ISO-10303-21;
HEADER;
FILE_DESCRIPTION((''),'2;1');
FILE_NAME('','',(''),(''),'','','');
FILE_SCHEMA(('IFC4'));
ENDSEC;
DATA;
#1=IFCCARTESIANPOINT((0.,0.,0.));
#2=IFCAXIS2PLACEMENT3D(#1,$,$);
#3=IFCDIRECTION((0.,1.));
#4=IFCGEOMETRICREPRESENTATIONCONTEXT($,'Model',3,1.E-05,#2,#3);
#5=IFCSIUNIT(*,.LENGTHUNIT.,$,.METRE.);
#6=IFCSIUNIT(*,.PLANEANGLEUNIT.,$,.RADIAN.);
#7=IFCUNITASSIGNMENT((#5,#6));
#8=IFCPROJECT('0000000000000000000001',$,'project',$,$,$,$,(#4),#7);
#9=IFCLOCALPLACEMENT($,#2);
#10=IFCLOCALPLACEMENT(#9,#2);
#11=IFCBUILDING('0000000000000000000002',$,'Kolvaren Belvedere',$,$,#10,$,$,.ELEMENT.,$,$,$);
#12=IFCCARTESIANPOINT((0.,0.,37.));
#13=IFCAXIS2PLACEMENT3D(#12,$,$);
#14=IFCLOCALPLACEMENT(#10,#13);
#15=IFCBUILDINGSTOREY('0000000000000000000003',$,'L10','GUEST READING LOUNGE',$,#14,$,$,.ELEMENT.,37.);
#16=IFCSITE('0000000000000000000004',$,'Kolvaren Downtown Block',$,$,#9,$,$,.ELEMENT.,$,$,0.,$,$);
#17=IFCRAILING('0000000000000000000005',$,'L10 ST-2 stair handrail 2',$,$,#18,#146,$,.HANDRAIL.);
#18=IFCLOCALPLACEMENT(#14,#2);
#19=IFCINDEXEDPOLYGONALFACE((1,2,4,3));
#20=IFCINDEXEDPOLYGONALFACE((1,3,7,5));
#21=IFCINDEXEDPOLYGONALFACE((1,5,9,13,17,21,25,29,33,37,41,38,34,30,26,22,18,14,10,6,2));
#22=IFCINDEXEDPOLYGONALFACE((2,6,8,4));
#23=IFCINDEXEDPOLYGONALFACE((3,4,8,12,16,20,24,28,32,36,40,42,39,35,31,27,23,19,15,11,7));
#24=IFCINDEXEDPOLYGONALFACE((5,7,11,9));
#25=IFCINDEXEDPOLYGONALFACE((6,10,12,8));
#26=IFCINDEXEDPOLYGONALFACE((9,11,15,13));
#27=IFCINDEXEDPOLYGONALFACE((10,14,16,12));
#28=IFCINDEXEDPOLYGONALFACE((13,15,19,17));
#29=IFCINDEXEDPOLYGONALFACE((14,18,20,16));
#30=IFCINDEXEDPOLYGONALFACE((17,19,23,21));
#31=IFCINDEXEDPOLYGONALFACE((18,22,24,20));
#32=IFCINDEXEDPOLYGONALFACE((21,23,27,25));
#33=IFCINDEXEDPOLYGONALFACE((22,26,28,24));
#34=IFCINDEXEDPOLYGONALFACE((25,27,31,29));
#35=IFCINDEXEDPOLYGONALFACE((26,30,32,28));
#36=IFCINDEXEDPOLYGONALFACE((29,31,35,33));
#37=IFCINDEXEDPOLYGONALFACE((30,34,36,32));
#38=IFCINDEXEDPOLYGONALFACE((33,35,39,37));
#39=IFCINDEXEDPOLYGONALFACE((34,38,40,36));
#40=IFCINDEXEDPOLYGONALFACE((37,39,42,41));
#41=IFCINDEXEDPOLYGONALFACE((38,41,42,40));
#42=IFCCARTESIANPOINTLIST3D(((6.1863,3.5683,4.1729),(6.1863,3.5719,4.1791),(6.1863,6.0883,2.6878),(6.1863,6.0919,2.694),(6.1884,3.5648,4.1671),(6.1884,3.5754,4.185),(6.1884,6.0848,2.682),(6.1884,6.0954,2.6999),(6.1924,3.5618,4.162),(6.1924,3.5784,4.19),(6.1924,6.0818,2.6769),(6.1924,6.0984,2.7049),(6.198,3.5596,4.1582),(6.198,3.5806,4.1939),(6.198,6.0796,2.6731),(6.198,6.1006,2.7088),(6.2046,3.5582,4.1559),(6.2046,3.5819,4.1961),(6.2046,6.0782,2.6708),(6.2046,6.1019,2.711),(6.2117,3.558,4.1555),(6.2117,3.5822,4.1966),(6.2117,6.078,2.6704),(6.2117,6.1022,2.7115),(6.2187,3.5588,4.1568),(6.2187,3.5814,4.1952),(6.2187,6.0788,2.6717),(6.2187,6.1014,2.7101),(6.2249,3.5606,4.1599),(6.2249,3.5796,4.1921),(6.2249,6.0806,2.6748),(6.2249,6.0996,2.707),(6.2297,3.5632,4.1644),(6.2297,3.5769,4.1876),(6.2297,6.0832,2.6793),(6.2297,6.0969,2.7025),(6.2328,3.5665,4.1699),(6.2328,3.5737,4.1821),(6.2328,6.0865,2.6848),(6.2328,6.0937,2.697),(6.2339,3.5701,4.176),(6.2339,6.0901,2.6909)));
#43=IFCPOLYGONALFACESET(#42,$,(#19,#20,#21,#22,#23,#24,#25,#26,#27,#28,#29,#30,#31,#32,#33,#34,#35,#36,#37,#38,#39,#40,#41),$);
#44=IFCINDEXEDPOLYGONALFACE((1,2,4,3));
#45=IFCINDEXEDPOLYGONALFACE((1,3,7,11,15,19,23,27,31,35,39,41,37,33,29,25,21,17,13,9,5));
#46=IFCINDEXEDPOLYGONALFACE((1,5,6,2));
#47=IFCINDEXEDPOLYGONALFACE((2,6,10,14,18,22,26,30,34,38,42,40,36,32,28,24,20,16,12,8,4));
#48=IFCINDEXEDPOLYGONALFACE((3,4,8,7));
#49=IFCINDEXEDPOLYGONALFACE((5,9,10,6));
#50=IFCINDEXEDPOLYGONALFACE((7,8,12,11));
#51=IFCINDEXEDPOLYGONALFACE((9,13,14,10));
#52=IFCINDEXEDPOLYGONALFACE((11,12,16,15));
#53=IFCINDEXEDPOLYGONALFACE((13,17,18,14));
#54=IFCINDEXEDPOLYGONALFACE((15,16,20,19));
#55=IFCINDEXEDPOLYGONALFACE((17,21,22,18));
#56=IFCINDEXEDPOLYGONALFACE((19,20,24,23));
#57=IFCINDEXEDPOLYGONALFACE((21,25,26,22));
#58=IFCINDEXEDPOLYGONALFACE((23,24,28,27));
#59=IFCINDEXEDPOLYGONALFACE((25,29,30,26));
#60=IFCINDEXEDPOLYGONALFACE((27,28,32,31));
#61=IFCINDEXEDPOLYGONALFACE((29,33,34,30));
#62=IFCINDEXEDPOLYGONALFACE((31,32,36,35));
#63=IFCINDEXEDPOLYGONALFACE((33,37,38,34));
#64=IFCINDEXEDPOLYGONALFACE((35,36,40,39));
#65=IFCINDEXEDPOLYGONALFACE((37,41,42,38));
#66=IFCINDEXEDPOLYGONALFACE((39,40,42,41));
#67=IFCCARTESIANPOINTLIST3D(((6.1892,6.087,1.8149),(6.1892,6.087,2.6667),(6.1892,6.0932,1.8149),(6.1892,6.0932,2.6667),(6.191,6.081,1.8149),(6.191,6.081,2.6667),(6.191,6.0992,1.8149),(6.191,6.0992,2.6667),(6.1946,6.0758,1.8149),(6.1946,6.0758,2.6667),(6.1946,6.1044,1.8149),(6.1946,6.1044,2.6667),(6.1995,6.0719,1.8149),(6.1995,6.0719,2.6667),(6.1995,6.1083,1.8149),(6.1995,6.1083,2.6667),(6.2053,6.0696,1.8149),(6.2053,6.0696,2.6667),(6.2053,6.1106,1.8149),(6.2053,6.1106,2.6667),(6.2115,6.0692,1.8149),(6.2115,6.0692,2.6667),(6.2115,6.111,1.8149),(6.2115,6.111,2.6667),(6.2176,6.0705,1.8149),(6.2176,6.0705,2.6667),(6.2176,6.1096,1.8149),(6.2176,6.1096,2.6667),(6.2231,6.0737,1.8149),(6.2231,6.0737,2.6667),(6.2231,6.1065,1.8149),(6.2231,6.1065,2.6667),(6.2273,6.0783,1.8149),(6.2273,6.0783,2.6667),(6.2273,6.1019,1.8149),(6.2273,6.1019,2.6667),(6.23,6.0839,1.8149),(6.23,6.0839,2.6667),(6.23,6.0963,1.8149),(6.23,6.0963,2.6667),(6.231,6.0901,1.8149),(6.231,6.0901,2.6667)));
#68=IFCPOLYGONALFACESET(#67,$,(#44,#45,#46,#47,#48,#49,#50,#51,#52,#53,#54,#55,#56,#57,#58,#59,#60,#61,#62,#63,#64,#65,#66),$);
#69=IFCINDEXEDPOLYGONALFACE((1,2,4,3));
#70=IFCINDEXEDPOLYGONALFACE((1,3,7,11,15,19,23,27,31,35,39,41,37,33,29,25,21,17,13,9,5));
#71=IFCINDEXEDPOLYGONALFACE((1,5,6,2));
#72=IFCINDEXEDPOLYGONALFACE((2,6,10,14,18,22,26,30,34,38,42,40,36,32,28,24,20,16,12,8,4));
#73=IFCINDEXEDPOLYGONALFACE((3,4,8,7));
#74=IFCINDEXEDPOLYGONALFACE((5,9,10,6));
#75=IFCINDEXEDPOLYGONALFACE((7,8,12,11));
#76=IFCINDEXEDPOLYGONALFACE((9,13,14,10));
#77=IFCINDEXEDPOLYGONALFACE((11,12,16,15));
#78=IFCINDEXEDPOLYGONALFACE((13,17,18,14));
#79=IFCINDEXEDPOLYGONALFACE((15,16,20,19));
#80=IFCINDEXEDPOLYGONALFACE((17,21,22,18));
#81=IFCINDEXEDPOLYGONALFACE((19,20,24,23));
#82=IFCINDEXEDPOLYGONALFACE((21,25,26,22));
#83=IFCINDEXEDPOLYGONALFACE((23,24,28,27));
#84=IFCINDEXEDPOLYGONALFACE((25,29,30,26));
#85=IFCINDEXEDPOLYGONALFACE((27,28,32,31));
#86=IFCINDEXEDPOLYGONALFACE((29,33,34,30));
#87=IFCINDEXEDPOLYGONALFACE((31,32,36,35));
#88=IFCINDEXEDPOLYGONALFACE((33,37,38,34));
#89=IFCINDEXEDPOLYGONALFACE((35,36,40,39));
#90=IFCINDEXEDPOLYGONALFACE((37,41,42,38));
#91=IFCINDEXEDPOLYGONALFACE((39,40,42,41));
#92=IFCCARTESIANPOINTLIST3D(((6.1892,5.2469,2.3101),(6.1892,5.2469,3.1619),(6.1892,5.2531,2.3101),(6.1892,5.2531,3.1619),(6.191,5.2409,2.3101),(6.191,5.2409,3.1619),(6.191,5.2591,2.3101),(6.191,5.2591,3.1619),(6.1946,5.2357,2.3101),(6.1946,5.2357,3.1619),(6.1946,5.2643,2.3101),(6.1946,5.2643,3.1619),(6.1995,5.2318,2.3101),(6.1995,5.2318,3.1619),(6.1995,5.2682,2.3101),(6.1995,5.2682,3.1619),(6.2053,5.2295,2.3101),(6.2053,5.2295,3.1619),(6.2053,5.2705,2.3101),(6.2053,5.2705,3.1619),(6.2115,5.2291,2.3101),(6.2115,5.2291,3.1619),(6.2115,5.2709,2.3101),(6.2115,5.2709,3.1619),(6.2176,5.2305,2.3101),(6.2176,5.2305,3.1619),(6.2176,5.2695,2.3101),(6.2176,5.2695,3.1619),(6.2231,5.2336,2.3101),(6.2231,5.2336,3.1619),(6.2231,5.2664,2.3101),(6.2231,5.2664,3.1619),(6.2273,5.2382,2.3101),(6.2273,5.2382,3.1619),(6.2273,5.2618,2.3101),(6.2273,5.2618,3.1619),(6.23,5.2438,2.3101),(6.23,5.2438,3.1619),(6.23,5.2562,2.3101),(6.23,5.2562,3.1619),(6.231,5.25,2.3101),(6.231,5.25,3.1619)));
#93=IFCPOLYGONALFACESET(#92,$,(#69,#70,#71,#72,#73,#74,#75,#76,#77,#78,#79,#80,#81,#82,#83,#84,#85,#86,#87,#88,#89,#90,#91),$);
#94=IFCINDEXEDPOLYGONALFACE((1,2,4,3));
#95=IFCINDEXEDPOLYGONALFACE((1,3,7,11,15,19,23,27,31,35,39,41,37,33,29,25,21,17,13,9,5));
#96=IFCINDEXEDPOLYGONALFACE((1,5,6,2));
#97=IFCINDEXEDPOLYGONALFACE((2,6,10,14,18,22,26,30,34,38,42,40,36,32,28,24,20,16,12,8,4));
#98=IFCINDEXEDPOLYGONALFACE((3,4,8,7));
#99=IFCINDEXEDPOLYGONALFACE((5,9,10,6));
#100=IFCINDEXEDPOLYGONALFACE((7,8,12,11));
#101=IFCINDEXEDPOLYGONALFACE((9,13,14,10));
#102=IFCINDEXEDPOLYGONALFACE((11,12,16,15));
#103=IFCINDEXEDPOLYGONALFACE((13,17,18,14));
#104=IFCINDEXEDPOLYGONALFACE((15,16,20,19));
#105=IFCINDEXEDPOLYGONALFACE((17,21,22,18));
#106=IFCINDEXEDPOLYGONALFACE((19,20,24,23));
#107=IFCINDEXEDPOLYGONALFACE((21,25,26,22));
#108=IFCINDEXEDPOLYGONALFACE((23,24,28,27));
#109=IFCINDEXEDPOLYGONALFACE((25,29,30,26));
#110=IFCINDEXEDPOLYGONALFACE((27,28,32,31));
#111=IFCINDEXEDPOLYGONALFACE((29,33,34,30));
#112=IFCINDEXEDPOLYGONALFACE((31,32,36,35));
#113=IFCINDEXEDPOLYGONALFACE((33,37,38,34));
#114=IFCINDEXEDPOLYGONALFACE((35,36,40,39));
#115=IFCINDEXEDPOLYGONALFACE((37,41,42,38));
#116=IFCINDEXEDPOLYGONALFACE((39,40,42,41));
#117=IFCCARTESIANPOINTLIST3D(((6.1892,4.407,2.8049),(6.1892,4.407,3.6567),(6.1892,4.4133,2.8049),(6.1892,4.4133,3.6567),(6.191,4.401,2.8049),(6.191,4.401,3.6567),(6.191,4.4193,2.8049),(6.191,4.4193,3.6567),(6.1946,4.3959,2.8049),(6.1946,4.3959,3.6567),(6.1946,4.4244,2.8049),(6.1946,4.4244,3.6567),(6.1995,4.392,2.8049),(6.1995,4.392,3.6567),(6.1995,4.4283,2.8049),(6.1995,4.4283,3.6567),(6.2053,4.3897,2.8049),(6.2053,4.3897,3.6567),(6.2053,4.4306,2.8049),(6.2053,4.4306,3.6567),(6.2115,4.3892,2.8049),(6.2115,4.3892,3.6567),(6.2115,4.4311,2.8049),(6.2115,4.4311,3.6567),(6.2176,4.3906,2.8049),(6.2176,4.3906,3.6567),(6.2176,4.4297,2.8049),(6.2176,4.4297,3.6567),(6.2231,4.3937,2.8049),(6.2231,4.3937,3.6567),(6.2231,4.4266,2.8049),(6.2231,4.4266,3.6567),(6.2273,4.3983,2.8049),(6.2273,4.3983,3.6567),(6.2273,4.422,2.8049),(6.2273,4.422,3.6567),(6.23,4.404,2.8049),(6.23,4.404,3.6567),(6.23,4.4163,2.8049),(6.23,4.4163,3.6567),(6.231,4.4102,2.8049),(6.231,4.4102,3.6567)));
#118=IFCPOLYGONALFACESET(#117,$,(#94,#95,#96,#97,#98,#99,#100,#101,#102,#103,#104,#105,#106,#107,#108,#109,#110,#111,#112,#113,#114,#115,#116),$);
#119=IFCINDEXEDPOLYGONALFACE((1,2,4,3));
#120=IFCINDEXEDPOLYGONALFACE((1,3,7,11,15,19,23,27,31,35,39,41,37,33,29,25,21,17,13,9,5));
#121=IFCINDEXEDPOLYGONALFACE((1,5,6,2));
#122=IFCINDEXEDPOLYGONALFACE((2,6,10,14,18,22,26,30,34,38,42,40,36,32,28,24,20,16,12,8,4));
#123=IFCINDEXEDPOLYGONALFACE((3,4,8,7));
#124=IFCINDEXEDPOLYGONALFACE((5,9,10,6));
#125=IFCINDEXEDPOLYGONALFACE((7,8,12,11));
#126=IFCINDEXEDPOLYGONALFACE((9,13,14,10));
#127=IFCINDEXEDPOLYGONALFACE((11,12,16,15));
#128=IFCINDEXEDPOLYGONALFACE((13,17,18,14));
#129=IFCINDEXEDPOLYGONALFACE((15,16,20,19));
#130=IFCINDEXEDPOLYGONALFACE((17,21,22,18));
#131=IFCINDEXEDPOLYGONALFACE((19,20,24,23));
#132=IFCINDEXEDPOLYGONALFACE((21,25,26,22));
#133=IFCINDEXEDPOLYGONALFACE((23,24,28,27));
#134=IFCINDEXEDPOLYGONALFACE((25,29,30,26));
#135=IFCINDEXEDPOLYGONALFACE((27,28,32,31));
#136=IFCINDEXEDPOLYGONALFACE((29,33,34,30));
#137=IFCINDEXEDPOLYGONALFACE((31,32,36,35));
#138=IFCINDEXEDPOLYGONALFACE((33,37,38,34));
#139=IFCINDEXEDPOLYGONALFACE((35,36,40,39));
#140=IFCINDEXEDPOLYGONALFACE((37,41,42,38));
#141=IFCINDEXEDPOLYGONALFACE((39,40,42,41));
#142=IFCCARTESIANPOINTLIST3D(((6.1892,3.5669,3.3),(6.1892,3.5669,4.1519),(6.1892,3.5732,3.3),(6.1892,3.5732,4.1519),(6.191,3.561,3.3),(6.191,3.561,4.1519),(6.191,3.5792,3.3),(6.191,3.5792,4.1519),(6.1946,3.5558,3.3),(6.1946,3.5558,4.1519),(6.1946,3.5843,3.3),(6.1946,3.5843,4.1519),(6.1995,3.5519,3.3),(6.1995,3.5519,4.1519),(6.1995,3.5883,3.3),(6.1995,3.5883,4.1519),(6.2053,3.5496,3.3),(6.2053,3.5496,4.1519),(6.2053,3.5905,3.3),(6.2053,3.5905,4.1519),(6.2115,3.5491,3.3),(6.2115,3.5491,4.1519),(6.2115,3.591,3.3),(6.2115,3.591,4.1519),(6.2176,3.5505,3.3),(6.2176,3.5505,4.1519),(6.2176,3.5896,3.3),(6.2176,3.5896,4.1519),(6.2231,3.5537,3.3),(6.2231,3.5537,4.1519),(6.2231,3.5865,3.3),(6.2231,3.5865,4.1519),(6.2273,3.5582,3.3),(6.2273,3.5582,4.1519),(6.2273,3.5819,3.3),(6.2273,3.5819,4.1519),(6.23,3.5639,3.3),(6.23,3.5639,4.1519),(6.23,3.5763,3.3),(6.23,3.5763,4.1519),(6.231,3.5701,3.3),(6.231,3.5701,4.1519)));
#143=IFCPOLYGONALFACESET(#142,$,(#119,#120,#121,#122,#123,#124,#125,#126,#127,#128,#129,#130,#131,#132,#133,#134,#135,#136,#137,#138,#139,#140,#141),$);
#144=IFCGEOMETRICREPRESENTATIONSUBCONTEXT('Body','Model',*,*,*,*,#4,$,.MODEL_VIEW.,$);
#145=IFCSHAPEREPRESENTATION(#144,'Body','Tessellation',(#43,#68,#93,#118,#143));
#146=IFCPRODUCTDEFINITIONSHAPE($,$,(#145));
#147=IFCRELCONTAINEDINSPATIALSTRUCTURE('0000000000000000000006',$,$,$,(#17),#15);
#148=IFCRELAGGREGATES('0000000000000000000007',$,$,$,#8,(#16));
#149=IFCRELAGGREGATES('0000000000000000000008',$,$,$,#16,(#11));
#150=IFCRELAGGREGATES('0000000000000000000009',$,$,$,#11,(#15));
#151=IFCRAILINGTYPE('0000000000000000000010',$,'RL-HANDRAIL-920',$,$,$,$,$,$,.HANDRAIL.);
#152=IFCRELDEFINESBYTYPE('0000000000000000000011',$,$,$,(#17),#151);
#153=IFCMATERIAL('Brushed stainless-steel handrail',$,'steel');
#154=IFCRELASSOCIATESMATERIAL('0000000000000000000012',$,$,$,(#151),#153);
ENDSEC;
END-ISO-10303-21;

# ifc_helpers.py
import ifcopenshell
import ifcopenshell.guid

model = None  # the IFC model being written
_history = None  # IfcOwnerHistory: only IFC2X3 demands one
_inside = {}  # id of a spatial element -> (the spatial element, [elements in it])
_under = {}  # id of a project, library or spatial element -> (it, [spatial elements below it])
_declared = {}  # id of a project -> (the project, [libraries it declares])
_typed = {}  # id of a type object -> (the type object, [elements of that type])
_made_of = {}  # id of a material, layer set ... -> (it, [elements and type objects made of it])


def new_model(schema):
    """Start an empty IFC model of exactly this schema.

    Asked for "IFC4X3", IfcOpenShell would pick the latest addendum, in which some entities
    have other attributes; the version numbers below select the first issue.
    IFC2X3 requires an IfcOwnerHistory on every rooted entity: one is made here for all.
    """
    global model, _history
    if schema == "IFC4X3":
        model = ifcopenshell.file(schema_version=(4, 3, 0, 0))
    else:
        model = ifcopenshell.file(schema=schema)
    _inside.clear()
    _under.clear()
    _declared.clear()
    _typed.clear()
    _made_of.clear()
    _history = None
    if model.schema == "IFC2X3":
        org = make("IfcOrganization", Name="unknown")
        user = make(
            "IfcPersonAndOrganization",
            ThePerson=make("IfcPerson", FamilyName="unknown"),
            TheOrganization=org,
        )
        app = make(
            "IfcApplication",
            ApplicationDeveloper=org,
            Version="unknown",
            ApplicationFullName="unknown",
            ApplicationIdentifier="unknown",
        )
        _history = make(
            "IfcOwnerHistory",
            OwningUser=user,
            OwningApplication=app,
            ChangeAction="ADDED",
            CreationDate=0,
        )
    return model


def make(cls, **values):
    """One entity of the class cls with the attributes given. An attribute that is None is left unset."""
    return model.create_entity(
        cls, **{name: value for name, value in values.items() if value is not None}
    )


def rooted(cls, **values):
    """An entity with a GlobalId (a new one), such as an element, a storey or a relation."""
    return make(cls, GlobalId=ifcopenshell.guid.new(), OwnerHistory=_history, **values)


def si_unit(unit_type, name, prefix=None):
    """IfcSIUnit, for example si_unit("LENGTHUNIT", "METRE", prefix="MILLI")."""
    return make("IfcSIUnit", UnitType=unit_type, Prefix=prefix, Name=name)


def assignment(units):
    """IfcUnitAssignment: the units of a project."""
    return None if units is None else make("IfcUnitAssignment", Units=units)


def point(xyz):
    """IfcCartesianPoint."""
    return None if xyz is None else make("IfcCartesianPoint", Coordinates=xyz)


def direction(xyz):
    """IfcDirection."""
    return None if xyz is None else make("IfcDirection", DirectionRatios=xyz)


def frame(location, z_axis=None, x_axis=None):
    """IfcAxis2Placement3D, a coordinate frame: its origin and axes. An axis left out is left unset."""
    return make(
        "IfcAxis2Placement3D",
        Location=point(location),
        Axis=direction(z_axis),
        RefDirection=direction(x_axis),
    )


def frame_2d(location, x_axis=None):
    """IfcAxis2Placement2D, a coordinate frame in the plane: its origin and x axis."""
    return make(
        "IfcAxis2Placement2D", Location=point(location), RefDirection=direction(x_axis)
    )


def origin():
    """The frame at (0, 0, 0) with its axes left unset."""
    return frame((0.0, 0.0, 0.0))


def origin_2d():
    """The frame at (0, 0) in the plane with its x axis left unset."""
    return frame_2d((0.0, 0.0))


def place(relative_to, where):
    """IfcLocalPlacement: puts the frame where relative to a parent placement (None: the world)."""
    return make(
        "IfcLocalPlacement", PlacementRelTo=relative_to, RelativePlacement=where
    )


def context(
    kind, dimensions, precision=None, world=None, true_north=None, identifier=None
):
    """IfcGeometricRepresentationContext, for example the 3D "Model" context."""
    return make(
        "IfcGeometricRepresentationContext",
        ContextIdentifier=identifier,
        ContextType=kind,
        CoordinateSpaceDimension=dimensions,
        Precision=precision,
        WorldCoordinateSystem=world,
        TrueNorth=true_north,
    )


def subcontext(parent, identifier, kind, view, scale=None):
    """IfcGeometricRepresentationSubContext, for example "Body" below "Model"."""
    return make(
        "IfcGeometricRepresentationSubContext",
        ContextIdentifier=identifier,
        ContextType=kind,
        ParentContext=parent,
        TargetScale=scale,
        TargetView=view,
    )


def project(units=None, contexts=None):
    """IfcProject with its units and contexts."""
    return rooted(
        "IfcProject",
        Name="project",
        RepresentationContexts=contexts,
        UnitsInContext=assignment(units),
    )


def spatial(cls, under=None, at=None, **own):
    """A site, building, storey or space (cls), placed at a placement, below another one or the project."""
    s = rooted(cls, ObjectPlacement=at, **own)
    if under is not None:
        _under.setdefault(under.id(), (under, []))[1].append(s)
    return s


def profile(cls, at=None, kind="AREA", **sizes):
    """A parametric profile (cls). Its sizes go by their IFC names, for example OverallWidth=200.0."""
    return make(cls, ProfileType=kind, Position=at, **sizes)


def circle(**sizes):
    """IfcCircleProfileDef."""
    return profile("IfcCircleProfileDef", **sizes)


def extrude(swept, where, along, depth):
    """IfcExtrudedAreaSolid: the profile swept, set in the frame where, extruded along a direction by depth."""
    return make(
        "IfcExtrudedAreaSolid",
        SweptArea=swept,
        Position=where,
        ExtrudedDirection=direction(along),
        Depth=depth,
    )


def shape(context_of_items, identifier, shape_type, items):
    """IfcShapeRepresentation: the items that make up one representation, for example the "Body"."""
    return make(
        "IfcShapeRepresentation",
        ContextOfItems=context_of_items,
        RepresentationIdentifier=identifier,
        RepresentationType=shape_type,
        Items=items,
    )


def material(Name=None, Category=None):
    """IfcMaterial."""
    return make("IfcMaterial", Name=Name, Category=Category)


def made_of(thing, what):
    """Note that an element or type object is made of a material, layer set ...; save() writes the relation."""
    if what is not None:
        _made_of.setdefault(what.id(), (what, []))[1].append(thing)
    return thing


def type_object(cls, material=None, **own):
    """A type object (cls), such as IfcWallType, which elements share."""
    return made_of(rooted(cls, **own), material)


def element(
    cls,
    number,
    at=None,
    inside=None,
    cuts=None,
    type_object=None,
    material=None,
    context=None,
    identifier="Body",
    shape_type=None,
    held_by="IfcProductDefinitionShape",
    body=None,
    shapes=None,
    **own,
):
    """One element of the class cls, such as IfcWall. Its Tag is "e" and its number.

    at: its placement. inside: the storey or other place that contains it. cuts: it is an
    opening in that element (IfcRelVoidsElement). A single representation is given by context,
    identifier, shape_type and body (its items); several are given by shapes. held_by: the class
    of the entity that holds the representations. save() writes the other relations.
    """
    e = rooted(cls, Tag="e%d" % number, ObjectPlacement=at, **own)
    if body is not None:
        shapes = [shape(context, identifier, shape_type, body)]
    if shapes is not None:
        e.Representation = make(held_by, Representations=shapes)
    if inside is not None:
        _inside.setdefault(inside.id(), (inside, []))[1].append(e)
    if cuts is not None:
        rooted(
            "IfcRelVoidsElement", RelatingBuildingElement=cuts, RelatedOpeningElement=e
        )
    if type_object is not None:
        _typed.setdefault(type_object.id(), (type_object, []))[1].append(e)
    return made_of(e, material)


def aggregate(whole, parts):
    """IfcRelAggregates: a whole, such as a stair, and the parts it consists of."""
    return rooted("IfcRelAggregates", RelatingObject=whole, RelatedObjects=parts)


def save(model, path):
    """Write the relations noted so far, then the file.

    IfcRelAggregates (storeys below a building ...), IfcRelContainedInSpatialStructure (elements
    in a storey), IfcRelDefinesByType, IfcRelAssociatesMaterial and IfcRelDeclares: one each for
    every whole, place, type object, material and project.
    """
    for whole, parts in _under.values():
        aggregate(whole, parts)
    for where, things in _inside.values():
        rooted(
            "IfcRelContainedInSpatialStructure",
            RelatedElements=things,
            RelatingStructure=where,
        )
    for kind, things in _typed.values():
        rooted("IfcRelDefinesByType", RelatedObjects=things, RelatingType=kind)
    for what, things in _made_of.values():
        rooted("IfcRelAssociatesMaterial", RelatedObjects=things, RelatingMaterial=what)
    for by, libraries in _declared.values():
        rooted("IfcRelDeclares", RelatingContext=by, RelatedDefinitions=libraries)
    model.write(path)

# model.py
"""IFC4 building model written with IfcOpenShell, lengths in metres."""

from ifc_helpers import new_model, si_unit, direction, frame, origin, origin_2d, place, context, subcontext, project, spatial, circle, extrude, material, type_object, element, save


model = new_model("IFC4")

# Units and contexts
model_context = context("Model", 3, precision=1e-05, world=origin(), true_north=direction((0.0, 1.0)))
body_context = subcontext(model_context, "Body", "Model", "MODEL_VIEW")
ifc_project = project(units=[si_unit("LENGTHUNIT", "METRE"), si_unit("PLANEANGLEUNIT", "RADIAN")], contexts=[model_context])

# Site, building, storey
site_placement = place(None, origin())
site = spatial("IfcSite", under=ifc_project, at=site_placement, Name="Kolvaren Downtown Block", CompositionType="ELEMENT", RefElevation=0.0)
building_placement = place(site_placement, origin())
building = spatial("IfcBuilding", under=site, at=building_placement, Name="Kolvaren Belvedere", CompositionType="ELEMENT")
storey_placement = place(building_placement, frame((0.0, 0.0, 37.0)))
storey = spatial("IfcBuildingStorey", under=building, at=storey_placement, Name="L10", Description="GUEST READING LOUNGE", CompositionType="ELEMENT", Elevation=37.0)

# Railing
ifc_material_1 = material(Name="Brushed stainless-steel handrail", Category="steel")
railing_type_1 = type_object("IfcRailingType", Name="RL-HANDRAIL-920", PredefinedType="HANDRAIL", material=ifc_material_1)
railing_1_placement = place(storey_placement, frame((6.21, 6.0901, 1.8149)))
element("IfcRailing", 1, at=railing_1_placement, inside=storey, type_object=railing_type_1, Name="L10 ST-2 stair handrail 2", PredefinedType="HANDRAIL", context=body_context, shape_type="SweptSolid", body=[
    extrude(circle(Radius=0.0239, at=origin_2d()), frame((0.0, 0.0, 0.876), z_axis=(0.0, -0.861524, 0.507717), x_axis=(1.0, 0.0, 0.0)), (0.0, 0.0, 1.0), 2.925),
    extrude(circle(Radius=0.021, at=origin_2d()), origin(), (0.0, 0.0, 1.0), 0.8518),
    extrude(circle(Radius=0.021, at=origin_2d()), frame((0.0, -0.8401, 0.4951)), (0.0, 0.0, 1.0), 0.8518),
    extrude(circle(Radius=0.021, at=origin_2d()), frame((0.0, -1.6799, 0.99)), (0.0, 0.0, 1.0), 0.8518),
    extrude(circle(Radius=0.021, at=origin_2d()), frame((0.0, -2.52, 1.4851)), (0.0, 0.0, 1.0), 0.8518),
])

save(model, "model.ifc")
